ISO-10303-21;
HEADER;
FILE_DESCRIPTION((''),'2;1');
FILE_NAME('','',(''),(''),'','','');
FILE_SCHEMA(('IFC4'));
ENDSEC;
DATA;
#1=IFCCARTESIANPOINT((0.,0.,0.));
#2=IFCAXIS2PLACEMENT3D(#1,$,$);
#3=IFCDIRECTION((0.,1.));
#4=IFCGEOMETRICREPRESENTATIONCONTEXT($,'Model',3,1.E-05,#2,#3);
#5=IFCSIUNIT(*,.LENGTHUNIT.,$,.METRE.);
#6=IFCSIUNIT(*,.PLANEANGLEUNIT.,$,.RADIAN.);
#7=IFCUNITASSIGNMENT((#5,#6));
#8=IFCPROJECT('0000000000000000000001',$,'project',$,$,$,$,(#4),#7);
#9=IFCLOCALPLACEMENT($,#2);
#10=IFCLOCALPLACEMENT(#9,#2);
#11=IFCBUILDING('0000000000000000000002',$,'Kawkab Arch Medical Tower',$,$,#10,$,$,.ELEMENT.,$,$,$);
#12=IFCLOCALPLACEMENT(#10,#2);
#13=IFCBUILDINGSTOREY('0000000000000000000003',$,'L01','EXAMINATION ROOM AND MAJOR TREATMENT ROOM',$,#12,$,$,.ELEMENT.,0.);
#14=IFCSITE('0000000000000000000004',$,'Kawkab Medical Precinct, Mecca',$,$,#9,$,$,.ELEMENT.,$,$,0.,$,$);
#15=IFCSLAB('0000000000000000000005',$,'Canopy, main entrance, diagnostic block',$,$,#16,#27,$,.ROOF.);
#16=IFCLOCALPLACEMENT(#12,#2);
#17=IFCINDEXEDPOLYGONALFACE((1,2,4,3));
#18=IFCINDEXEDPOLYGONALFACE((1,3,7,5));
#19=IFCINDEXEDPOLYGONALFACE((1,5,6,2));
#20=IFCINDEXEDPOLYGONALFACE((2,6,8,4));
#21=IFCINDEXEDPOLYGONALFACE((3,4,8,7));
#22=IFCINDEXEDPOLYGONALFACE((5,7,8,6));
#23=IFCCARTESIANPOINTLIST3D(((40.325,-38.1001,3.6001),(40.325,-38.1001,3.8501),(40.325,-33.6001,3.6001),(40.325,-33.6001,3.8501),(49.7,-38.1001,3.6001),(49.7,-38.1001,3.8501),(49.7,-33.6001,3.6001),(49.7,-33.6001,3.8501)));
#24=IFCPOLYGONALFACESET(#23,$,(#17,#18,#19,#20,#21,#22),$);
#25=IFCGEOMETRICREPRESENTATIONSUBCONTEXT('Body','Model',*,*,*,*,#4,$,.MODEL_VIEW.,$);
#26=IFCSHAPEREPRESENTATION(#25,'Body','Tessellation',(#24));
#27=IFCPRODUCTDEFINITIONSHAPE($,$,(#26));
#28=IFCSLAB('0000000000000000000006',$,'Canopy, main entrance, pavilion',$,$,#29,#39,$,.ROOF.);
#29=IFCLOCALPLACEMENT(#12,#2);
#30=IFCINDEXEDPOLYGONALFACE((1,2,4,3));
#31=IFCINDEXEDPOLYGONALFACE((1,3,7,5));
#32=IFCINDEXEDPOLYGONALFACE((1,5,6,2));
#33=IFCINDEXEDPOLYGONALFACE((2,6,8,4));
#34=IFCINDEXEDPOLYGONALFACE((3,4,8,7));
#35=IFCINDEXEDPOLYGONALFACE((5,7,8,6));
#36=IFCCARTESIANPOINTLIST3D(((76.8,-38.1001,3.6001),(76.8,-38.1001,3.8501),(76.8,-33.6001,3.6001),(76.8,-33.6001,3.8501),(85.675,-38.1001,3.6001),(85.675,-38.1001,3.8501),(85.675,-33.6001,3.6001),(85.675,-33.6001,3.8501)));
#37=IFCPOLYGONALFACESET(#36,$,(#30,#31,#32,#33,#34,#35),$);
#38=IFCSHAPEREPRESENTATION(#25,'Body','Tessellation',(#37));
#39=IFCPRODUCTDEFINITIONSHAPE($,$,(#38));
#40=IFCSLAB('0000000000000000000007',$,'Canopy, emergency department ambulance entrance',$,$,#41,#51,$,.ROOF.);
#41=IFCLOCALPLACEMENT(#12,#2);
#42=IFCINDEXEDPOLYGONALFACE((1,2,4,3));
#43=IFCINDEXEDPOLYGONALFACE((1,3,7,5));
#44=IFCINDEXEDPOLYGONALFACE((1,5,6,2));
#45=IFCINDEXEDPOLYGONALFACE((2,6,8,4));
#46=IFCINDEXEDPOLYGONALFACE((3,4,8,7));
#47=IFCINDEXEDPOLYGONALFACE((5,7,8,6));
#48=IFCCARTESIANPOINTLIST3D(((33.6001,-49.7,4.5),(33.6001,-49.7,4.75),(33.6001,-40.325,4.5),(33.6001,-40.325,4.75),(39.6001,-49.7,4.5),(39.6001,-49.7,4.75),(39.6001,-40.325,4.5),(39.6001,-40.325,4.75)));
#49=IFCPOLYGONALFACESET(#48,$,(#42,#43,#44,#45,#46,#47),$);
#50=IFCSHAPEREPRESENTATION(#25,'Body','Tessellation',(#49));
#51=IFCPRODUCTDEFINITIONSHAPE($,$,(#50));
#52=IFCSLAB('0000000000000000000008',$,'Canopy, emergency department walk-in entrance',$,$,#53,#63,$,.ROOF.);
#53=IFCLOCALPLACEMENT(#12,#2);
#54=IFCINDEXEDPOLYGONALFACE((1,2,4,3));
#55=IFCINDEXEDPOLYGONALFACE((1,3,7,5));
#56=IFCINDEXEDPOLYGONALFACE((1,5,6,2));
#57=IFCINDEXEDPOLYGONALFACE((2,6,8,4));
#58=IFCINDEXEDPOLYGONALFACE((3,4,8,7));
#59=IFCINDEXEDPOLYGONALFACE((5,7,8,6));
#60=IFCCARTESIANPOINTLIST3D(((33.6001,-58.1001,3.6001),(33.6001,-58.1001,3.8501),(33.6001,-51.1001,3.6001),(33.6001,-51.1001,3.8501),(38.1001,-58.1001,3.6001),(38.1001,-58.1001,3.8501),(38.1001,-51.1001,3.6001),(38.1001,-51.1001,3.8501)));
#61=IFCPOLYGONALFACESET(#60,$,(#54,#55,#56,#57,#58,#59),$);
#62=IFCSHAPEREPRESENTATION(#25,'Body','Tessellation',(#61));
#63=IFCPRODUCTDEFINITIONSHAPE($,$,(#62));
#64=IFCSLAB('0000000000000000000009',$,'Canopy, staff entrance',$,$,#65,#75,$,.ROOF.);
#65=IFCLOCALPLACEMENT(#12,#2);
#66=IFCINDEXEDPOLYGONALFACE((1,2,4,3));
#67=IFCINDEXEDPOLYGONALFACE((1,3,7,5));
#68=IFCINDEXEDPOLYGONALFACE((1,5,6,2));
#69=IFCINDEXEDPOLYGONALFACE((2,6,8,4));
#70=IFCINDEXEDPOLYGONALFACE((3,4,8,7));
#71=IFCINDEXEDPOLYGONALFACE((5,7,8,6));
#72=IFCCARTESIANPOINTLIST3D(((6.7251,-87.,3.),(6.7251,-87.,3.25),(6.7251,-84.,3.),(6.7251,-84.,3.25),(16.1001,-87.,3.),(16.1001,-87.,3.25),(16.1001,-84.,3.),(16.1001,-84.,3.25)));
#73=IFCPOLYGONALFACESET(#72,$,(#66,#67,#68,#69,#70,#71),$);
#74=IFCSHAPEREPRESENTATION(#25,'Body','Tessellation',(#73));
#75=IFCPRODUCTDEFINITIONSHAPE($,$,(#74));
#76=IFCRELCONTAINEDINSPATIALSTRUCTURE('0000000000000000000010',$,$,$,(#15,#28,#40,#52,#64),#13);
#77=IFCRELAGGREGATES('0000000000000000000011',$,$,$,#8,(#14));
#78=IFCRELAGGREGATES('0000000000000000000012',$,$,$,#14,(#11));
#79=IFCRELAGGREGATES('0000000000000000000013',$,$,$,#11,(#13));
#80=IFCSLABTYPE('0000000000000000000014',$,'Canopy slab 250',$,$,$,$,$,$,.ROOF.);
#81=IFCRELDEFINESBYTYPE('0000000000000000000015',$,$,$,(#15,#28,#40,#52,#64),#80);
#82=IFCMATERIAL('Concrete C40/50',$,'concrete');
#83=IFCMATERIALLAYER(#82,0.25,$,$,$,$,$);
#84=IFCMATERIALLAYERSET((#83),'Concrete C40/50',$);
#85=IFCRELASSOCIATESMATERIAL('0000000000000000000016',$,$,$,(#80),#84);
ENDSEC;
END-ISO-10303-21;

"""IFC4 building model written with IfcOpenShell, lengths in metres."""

from ifc_helpers import new_model, si_unit, direction, frame, origin, place, context, subcontext, project, spatial, polyline, outline, extrude, material, layer, layer_set, type_object, element, save


model = new_model("IFC4")

# Units and contexts
model_context = context("Model", 3, precision=1e-05, world=origin(), true_north=direction((0.0, 1.0)))
body_context = subcontext(model_context, "Body", "Model", "MODEL_VIEW")
ifc_project = project(units=[si_unit("LENGTHUNIT", "METRE"), si_unit("PLANEANGLEUNIT", "RADIAN")], contexts=[model_context])

# Site, building, storey
site_placement = place(None, origin())
site = spatial("IfcSite", under=ifc_project, at=site_placement, Name="Kawkab Medical Precinct, Mecca", CompositionType="ELEMENT", RefElevation=0.0)
building_placement = place(site_placement, origin())
building = spatial("IfcBuilding", under=site, at=building_placement, Name="Kawkab Arch Medical Tower", CompositionType="ELEMENT")
storey_placement = place(building_placement, origin())
storey = spatial("IfcBuildingStorey", under=building, at=storey_placement, Name="L01", Description="EXAMINATION ROOM AND MAJOR TREATMENT ROOM", CompositionType="ELEMENT", Elevation=0.0)

# Slabs
ifc_material_1 = material(Name="Concrete C40/50", Category="concrete")
ifc_layer_1 = layer(ifc_material_1, 0.25)
ifc_layer_set_1 = layer_set([ifc_layer_1], Name="Concrete C40/50")
slab_type_1 = type_object("IfcSlabType", Name="Canopy slab 250", PredefinedType="ROOF", material=ifc_layer_set_1)
placement_1 = place(storey_placement, frame((0.0, 0.0, 3.6001)))
element("IfcSlab", 1, at=placement_1, inside=storey, type_object=slab_type_1, Name="Canopy, main entrance, diagnostic block", PredefinedType="ROOF", context=body_context, shape_type="SweptSolid", body=[
    extrude(outline(polyline([(40.325, -38.1001), (49.7, -38.1001), (49.7, -33.6001), (40.325, -33.6001), (40.325, -38.1001)])), origin(), (0.0, 0.0, 1.0), 0.25),
])
element("IfcSlab", 2, at=placement_1, inside=storey, type_object=slab_type_1, Name="Canopy, main entrance, pavilion", PredefinedType="ROOF", context=body_context, shape_type="SweptSolid", body=[
    extrude(outline(polyline([(76.8, -38.1001), (85.675, -38.1001), (85.675, -33.6001), (76.8, -33.6001), (76.8, -38.1001)])), origin(), (0.0, 0.0, 1.0), 0.25),
])
slab_1_placement = place(storey_placement, frame((0.0, 0.0, 4.5)))
element("IfcSlab", 3, at=slab_1_placement, inside=storey, type_object=slab_type_1, Name="Canopy, emergency department ambulance entrance", PredefinedType="ROOF", context=body_context, shape_type="SweptSolid", body=[
    extrude(outline(polyline([(33.6001, -49.7), (39.6001, -49.7), (39.6001, -40.325), (33.6001, -40.325), (33.6001, -49.7)])), origin(), (0.0, 0.0, 1.0), 0.25),
])
element("IfcSlab", 4, at=placement_1, inside=storey, type_object=slab_type_1, Name="Canopy, emergency department walk-in entrance", PredefinedType="ROOF", context=body_context, shape_type="SweptSolid", body=[
    extrude(outline(polyline([(33.6001, -58.1001), (38.1001, -58.1001), (38.1001, -51.1001), (33.6001, -51.1001), (33.6001, -58.1001)])), origin(), (0.0, 0.0, 1.0), 0.25),
])
slab_2_placement = place(storey_placement, frame((0.0, 0.0, 3.0)))
element("IfcSlab", 5, at=slab_2_placement, inside=storey, type_object=slab_type_1, Name="Canopy, staff entrance", PredefinedType="ROOF", context=body_context, shape_type="SweptSolid", body=[
    extrude(outline(polyline([(6.7251, -87.0), (16.1001, -87.0), (16.1001, -84.0), (6.7251, -84.0), (6.7251, -87.0)])), origin(), (0.0, 0.0, 1.0), 0.25),
])

save(model, "model.ifc")
